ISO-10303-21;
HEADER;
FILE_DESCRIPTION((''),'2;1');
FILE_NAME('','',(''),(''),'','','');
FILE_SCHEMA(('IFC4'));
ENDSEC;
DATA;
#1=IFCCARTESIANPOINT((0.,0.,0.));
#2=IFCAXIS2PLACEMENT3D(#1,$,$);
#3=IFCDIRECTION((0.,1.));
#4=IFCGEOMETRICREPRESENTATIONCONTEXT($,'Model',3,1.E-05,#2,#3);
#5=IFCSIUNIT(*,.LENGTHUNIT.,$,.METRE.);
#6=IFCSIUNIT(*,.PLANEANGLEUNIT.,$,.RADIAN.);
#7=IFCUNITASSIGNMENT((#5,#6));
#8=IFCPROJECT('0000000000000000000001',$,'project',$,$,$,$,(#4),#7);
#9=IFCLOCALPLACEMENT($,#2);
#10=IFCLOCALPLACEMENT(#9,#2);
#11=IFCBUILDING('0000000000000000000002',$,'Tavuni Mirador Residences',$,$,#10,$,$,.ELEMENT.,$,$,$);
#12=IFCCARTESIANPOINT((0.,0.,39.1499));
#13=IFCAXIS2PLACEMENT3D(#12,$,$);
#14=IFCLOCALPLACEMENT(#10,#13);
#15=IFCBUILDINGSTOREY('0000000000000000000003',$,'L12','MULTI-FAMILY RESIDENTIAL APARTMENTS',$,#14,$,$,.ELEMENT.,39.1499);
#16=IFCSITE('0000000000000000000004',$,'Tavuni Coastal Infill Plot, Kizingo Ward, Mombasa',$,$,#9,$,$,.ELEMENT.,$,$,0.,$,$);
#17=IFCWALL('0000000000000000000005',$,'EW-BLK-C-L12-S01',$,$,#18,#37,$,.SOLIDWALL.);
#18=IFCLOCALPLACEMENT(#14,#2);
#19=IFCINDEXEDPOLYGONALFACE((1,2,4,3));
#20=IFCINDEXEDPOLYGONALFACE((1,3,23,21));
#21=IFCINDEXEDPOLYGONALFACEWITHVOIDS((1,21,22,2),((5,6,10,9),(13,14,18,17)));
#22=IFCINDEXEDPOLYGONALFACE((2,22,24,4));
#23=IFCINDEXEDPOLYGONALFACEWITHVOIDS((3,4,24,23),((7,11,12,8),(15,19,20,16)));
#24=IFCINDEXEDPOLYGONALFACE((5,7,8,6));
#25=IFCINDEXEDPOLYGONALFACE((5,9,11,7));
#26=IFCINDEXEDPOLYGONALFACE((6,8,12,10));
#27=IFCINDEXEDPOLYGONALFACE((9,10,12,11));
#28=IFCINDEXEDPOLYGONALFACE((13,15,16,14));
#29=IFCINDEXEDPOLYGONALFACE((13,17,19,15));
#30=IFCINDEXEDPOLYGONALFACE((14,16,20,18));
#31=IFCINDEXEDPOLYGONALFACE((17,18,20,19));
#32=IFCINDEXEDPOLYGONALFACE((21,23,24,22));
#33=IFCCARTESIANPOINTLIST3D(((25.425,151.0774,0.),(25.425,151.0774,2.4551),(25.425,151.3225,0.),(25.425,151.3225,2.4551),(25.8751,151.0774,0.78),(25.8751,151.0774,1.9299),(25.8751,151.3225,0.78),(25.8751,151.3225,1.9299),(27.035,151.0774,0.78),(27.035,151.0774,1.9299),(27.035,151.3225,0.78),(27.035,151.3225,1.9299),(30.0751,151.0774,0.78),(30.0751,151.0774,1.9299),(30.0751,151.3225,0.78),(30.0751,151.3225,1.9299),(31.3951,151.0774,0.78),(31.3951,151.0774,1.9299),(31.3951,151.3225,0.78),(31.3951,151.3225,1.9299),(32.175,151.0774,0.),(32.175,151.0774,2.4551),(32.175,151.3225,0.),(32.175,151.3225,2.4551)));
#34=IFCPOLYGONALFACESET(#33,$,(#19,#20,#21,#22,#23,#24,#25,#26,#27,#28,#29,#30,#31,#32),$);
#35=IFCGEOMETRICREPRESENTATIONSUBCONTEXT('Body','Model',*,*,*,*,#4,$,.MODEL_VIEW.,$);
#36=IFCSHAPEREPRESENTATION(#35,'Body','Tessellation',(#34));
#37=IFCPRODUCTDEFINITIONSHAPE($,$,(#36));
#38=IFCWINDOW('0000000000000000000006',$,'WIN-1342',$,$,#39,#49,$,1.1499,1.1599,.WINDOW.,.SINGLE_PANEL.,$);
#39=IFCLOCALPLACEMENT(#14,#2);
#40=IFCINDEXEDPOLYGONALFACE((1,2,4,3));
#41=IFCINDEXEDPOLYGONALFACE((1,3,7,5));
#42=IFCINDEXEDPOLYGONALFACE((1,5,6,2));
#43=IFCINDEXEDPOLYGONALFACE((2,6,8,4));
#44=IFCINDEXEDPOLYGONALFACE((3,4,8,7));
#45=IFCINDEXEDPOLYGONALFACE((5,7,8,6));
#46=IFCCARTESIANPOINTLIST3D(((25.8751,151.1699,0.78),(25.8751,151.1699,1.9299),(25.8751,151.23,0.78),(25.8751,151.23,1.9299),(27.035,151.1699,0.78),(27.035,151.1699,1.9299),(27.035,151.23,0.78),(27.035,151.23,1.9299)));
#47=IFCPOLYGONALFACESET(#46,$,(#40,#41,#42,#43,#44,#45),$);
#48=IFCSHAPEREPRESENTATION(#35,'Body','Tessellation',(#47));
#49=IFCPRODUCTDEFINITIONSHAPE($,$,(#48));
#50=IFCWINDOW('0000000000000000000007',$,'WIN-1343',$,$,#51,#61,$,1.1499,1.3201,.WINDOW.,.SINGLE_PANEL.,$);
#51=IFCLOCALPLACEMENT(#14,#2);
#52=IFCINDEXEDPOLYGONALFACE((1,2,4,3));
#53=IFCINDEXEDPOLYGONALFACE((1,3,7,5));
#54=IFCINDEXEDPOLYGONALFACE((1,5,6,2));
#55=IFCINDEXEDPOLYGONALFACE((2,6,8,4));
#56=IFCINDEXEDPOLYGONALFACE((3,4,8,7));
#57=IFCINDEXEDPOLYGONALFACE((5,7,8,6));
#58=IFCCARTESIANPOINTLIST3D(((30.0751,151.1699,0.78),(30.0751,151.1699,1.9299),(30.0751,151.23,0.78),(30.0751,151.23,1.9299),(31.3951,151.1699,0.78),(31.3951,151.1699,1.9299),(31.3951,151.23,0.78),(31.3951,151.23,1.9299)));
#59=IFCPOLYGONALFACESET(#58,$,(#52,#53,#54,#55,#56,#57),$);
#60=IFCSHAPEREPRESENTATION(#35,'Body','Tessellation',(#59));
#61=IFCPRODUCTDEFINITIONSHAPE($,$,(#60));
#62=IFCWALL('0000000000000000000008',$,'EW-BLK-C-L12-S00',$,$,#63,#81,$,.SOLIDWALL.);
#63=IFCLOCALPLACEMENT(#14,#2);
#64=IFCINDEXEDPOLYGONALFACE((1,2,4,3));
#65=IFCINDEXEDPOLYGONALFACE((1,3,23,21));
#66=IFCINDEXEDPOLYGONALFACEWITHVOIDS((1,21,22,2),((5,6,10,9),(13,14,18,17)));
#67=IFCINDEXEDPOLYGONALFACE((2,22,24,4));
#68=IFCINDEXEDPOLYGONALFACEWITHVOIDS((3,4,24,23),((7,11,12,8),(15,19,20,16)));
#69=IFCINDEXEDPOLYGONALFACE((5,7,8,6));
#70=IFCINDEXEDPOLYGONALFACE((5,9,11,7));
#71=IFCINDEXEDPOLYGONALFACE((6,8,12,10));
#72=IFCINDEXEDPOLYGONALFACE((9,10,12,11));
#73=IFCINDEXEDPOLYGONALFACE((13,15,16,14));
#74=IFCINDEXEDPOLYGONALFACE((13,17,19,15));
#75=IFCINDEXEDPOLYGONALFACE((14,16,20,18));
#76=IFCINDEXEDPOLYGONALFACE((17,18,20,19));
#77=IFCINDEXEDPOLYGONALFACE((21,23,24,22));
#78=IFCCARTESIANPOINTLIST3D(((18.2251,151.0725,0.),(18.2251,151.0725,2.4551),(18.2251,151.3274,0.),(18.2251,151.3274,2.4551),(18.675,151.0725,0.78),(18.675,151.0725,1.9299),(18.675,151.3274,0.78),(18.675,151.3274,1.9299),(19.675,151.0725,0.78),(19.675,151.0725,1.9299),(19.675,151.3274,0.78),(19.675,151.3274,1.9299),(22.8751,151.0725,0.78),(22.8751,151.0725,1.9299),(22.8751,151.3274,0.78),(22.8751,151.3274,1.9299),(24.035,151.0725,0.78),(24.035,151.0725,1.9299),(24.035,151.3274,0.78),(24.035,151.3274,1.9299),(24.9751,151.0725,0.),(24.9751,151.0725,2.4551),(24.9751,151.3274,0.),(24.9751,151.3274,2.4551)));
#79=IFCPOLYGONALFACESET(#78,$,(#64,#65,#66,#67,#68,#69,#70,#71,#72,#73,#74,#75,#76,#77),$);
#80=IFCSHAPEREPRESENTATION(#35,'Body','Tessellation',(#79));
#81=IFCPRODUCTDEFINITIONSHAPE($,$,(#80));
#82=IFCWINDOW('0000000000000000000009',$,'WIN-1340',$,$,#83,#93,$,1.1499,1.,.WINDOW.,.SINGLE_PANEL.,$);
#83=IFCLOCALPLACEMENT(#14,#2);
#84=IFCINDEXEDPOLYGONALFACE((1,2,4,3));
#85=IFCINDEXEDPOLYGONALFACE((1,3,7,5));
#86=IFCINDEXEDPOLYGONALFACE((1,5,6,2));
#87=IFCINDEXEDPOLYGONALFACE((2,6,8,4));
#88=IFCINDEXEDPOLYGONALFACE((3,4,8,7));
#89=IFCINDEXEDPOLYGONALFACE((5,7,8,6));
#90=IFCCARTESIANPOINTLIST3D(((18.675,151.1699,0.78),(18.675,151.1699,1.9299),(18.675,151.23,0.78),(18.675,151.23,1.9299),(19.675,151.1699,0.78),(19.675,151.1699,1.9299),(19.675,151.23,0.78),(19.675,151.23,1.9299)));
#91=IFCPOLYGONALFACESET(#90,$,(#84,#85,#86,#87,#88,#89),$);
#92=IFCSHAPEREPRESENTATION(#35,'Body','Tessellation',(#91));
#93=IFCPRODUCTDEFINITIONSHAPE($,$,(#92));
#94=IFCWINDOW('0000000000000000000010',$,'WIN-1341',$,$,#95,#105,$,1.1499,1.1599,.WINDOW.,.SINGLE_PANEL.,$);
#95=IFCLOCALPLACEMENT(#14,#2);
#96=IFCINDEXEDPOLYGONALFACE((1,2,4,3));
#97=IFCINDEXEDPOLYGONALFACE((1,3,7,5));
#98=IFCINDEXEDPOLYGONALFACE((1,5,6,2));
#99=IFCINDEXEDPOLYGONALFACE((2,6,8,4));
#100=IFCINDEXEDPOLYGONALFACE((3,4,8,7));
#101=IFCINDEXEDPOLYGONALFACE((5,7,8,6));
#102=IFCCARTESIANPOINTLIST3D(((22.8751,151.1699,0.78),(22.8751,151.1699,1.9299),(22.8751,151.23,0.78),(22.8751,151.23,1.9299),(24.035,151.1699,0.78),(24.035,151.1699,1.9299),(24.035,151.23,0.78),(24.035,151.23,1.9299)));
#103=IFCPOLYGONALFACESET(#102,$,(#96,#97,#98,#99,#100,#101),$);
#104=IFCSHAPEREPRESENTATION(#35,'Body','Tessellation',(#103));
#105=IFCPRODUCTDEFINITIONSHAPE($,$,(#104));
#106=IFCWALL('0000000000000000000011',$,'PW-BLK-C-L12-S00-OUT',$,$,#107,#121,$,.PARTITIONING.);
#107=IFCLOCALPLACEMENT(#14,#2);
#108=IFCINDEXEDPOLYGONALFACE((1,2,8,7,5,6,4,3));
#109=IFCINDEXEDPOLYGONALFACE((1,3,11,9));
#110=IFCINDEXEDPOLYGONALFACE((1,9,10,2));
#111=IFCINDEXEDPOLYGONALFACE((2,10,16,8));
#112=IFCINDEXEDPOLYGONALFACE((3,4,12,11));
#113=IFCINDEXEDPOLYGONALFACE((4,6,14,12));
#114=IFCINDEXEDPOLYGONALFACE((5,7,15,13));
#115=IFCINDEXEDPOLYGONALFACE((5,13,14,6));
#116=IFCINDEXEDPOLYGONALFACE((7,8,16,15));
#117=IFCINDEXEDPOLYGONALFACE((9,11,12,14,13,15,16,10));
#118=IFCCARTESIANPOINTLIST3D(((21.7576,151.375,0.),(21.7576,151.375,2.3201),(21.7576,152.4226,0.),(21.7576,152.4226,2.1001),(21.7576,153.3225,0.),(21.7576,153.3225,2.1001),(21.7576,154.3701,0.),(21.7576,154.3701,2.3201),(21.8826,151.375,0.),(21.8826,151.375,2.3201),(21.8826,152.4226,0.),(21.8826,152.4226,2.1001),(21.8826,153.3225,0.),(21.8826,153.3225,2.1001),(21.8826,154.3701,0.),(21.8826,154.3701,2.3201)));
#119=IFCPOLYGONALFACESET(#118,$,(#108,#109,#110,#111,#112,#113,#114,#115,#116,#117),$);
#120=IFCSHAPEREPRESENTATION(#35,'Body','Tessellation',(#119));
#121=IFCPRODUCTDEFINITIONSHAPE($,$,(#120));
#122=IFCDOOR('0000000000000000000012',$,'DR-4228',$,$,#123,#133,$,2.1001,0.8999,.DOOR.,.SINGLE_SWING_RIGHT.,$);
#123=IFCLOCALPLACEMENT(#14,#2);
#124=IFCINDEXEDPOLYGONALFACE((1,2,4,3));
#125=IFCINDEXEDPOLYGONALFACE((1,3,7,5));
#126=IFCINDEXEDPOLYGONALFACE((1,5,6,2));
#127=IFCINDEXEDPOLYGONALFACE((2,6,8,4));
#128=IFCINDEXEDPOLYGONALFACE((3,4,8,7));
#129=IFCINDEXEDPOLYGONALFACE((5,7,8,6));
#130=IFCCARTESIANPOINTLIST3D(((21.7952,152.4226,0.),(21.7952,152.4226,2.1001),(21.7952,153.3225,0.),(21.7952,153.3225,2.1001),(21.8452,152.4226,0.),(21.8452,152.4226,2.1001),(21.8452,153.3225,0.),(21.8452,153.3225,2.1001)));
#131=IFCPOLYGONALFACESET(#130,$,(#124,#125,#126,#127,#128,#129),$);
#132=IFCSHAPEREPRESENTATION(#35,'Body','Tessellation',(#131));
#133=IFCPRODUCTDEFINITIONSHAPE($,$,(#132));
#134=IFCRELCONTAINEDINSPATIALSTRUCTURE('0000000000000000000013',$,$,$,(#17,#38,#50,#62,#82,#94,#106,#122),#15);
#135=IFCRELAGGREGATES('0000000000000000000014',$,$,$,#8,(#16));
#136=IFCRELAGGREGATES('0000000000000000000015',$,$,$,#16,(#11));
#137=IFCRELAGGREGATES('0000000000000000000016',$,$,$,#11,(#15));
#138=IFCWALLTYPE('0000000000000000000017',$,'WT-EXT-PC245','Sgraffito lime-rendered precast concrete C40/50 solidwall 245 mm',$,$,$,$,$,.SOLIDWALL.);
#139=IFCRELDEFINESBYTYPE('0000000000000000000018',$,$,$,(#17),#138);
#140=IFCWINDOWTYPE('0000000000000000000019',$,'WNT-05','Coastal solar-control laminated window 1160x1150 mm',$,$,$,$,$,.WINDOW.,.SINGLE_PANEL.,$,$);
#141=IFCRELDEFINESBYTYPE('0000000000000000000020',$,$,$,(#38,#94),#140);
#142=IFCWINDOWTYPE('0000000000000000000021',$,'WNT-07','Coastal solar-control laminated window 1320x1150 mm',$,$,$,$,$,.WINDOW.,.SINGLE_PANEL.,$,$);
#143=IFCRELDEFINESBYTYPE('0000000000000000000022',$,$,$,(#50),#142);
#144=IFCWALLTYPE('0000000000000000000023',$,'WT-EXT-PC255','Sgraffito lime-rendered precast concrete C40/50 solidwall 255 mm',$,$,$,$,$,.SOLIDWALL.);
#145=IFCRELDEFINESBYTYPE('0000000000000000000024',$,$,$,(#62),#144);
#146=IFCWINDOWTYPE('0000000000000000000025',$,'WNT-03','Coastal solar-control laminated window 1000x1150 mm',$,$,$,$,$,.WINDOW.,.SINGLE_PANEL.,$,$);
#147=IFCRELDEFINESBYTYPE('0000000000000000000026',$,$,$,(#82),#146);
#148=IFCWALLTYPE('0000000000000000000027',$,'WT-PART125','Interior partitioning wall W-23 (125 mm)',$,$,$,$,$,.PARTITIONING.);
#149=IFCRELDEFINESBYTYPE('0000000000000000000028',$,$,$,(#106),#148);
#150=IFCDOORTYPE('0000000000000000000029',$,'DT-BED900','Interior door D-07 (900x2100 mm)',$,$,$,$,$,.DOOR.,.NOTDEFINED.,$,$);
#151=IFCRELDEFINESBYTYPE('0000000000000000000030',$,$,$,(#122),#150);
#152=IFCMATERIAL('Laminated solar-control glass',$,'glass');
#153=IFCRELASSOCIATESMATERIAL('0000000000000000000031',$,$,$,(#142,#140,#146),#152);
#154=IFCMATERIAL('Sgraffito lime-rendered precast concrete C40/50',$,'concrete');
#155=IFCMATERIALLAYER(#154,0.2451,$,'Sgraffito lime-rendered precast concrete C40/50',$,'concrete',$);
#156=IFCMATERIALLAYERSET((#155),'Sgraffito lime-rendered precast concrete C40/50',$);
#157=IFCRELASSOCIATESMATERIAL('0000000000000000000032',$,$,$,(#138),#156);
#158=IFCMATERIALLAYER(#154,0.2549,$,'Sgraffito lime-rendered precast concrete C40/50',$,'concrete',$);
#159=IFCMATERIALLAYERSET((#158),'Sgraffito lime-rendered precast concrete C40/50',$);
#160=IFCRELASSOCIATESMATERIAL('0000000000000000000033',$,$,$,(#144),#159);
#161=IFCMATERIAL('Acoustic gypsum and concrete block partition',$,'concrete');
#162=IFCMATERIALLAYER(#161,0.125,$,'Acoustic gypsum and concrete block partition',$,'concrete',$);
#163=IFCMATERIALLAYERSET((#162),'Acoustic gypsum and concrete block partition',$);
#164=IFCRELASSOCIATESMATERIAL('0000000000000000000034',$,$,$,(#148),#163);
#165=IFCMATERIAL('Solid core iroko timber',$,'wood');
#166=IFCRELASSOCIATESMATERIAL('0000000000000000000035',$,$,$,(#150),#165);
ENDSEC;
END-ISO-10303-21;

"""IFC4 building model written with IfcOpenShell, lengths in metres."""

from ifc_helpers import new_model, si_unit, direction, frame, frame_2d, origin, place, context, subcontext, project, spatial, rectangle, extrude, material, layer, layer_set, type_object, element, fill, save


model = new_model("IFC4")

# Units and contexts
model_context = context("Model", 3, precision=1e-05, world=origin(), true_north=direction((0.0, 1.0)))
body_context = subcontext(model_context, "Body", "Model", "MODEL_VIEW")
ifc_project = project(units=[si_unit("LENGTHUNIT", "METRE"), si_unit("PLANEANGLEUNIT", "RADIAN")], contexts=[model_context])

# Site, building, storey
site_placement = place(None, origin())
site = spatial("IfcSite", under=ifc_project, at=site_placement, Name="Tavuni Coastal Infill Plot, Kizingo Ward, Mombasa", CompositionType="ELEMENT", RefElevation=0.0)
building_placement = place(site_placement, origin())
building = spatial("IfcBuilding", under=site, at=building_placement, Name="Tavuni Mirador Residences", CompositionType="ELEMENT")
storey_placement = place(building_placement, frame((0.0, 0.0, 39.1499)))
storey = spatial("IfcBuildingStorey", under=building, at=storey_placement, Name="L12", Description="MULTI-FAMILY RESIDENTIAL APARTMENTS", CompositionType="ELEMENT", Elevation=39.1499)

# Walls, openings, windows
ifc_material_1 = material(Name="Laminated solar-control glass", Category="glass")
window_type_1 = type_object("IfcWindowType", Name="WNT-07", Description="Coastal solar-control laminated window 1320x1150 mm", PartitioningType="SINGLE_PANEL", PredefinedType="WINDOW", material=ifc_material_1)
ifc_material_2 = material(Name="Sgraffito lime-rendered precast concrete C40/50", Category="concrete")
ifc_layer_1 = layer(ifc_material_2, 0.2451, Name="Sgraffito lime-rendered precast concrete C40/50", Category="concrete")
ifc_layer_set_1 = layer_set([ifc_layer_1], Name="Sgraffito lime-rendered precast concrete C40/50")
wall_type_1 = type_object("IfcWallType", Name="WT-EXT-PC245", Description="Sgraffito lime-rendered precast concrete C40/50 solidwall 245 mm", PredefinedType="SOLIDWALL", material=ifc_layer_set_1)
wall_1_placement = place(storey_placement, frame((25.425, 151.2, 0.0), z_axis=(0.0, 0.0, 1.0), x_axis=(1.0, 0.0, 0.0)))
wall_1 = element("IfcWall", 1, at=wall_1_placement, inside=storey, type_object=wall_type_1, Name="EW-BLK-C-L12-S01", PredefinedType="SOLIDWALL", context=body_context, shape_type="SweptSolid", body=[
    extrude(rectangle(XDim=6.75, YDim=0.2451, at=frame_2d((3.375, 0.0))), origin(), (0.0, 0.0, 1.0), 2.4551),
])
opening_1_placement = place(wall_1_placement, frame((0.45, 0.0, 0.78)))
opening_1 = element("IfcOpeningElement", 2, at=opening_1_placement, cuts=wall_1, PredefinedType="OPENING", context=body_context, shape_type="SweptSolid", body=[
    extrude(rectangle(XDim=1.1599, YDim=1.1499, at=frame_2d((0.5801, 0.575))), frame((0.0, 0.1326, 0.0), z_axis=(0.0, -1.0, 0.0), x_axis=(1.0, 0.0, 0.0)), (0.0, 0.0, 1.0), 0.2651),
])
opening_2_placement = place(wall_1_placement, frame((4.6499, 0.0, 0.78)))
opening_2 = element("IfcOpeningElement", 3, at=opening_2_placement, cuts=wall_1, PredefinedType="OPENING", context=body_context, shape_type="SweptSolid", body=[
    extrude(rectangle(XDim=1.3201, YDim=1.1499, at=frame_2d((0.6602, 0.575))), frame((0.0, 0.1326, 0.0), z_axis=(0.0, -1.0, 0.0), x_axis=(1.0, 0.0, 0.0)), (0.0, 0.0, 1.0), 0.2651),
])
window_type_2 = type_object("IfcWindowType", Name="WNT-05", Description="Coastal solar-control laminated window 1160x1150 mm", PartitioningType="SINGLE_PANEL", PredefinedType="WINDOW", material=ifc_material_1)
window_1_placement = place(opening_1_placement, origin())
window_1 = element("IfcWindow", 4, at=window_1_placement, inside=storey, type_object=window_type_2, Name="WIN-1342", OverallHeight=1.1499, OverallWidth=1.1599, PartitioningType="SINGLE_PANEL", PredefinedType="WINDOW", context=body_context, shape_type="SweptSolid", body=[
    extrude(rectangle(XDim=1.1599, YDim=1.1499, at=frame_2d((0.5801, 0.575))), frame((0.0, 0.03, 0.0), z_axis=(0.0, -1.0, 0.0), x_axis=(1.0, 0.0, 0.0)), (0.0, 0.0, 1.0), 0.0601),
])
fill(opening_1, window_1)
window_2_placement = place(opening_2_placement, origin())
window_2 = element("IfcWindow", 5, at=window_2_placement, inside=storey, type_object=window_type_1, Name="WIN-1343", OverallHeight=1.1499, OverallWidth=1.3201, PartitioningType="SINGLE_PANEL", PredefinedType="WINDOW", context=body_context, shape_type="SweptSolid", body=[
    extrude(rectangle(XDim=1.3201, YDim=1.1499, at=frame_2d((0.6602, 0.575))), frame((0.0, 0.03, 0.0), z_axis=(0.0, -1.0, 0.0), x_axis=(1.0, 0.0, 0.0)), (0.0, 0.0, 1.0), 0.0601),
])
fill(opening_2, window_2)
ifc_layer_2 = layer(ifc_material_2, 0.2549, Name="Sgraffito lime-rendered precast concrete C40/50", Category="concrete")
ifc_layer_set_2 = layer_set([ifc_layer_2], Name="Sgraffito lime-rendered precast concrete C40/50")
wall_type_2 = type_object("IfcWallType", Name="WT-EXT-PC255", Description="Sgraffito lime-rendered precast concrete C40/50 solidwall 255 mm", PredefinedType="SOLIDWALL", material=ifc_layer_set_2)
wall_2_placement = place(storey_placement, frame((18.2251, 151.2, 0.0), z_axis=(0.0, 0.0, 1.0), x_axis=(1.0, 0.0, 0.0)))
wall_2 = element("IfcWall", 6, at=wall_2_placement, inside=storey, type_object=wall_type_2, Name="EW-BLK-C-L12-S00", PredefinedType="SOLIDWALL", context=body_context, shape_type="SweptSolid", body=[
    extrude(rectangle(XDim=6.75, YDim=0.2549, at=frame_2d((3.375, 0.0))), origin(), (0.0, 0.0, 1.0), 2.4551),
])
opening_3_placement = place(wall_2_placement, frame((0.45, 0.0, 0.78)))
opening_3 = element("IfcOpeningElement", 7, at=opening_3_placement, cuts=wall_2, PredefinedType="OPENING", context=body_context, shape_type="SweptSolid", body=[
    extrude(rectangle(XDim=1.0, YDim=1.1499, at=frame_2d((0.5, 0.575))), frame((0.0, 0.1375, 0.0), z_axis=(0.0, -1.0, 0.0), x_axis=(1.0, 0.0, 0.0)), (0.0, 0.0, 1.0), 0.2749),
])
opening_4_placement = place(wall_2_placement, frame((4.6499, 0.0, 0.78)))
opening_4 = element("IfcOpeningElement", 8, at=opening_4_placement, cuts=wall_2, PredefinedType="OPENING", context=body_context, shape_type="SweptSolid", body=[
    extrude(rectangle(XDim=1.1599, YDim=1.1499, at=frame_2d((0.5801, 0.575))), frame((0.0, 0.1375, 0.0), z_axis=(0.0, -1.0, 0.0), x_axis=(1.0, 0.0, 0.0)), (0.0, 0.0, 1.0), 0.2749),
])
window_type_3 = type_object("IfcWindowType", Name="WNT-03", Description="Coastal solar-control laminated window 1000x1150 mm", PartitioningType="SINGLE_PANEL", PredefinedType="WINDOW", material=ifc_material_1)
window_3_placement = place(opening_3_placement, origin())
window_3 = element("IfcWindow", 9, at=window_3_placement, inside=storey, type_object=window_type_3, Name="WIN-1340", OverallHeight=1.1499, OverallWidth=1.0, PartitioningType="SINGLE_PANEL", PredefinedType="WINDOW", context=body_context, shape_type="SweptSolid", body=[
    extrude(rectangle(XDim=1.0, YDim=1.1499, at=frame_2d((0.5, 0.575))), frame((0.0, 0.03, 0.0), z_axis=(0.0, -1.0, 0.0), x_axis=(1.0, 0.0, 0.0)), (0.0, 0.0, 1.0), 0.0601),
])
fill(opening_3, window_3)
window_4_placement = place(opening_4_placement, origin())
window_4 = element("IfcWindow", 10, at=window_4_placement, inside=storey, type_object=window_type_2, Name="WIN-1341", OverallHeight=1.1499, OverallWidth=1.1599, PartitioningType="SINGLE_PANEL", PredefinedType="WINDOW", context=body_context, shape_type="SweptSolid", body=[
    extrude(rectangle(XDim=1.1599, YDim=1.1499, at=frame_2d((0.5801, 0.575))), frame((0.0, 0.03, 0.0), z_axis=(0.0, -1.0, 0.0), x_axis=(1.0, 0.0, 0.0)), (0.0, 0.0, 1.0), 0.0601),
])
fill(opening_4, window_4)

# Wall, opening, door
ifc_material_3 = material(Name="Acoustic gypsum and concrete block partition", Category="concrete")
ifc_layer_3 = layer(ifc_material_3, 0.125, Name="Acoustic gypsum and concrete block partition", Category="concrete")
ifc_layer_set_3 = layer_set([ifc_layer_3], Name="Acoustic gypsum and concrete block partition")
wall_type_3 = type_object("IfcWallType", Name="WT-PART125", Description="Interior partitioning wall W-23 (125 mm)", PredefinedType="PARTITIONING", material=ifc_layer_set_3)
wall_3_placement = place(storey_placement, frame((21.8201, 151.375, 0.0), z_axis=(0.0, 0.0, 1.0), x_axis=(0.0, 1.0, 0.0)))
wall_3 = element("IfcWall", 11, at=wall_3_placement, inside=storey, type_object=wall_type_3, Name="PW-BLK-C-L12-S00-OUT", PredefinedType="PARTITIONING", context=body_context, shape_type="SweptSolid", body=[
    extrude(rectangle(XDim=2.9951, YDim=0.125, at=frame_2d((1.4976, 0.0))), origin(), (0.0, 0.0, 1.0), 2.3201),
])
opening_5_placement = place(wall_3_placement, frame((1.0476, 0.0, 0.0)))
opening_5 = element("IfcOpeningElement", 12, at=opening_5_placement, cuts=wall_3, PredefinedType="OPENING", context=body_context, shape_type="SweptSolid", body=[
    extrude(rectangle(XDim=0.8999, YDim=2.1001, at=frame_2d((0.45, 1.05))), frame((0.0, 0.0725, 0.0), z_axis=(0.0, -1.0, 0.0), x_axis=(1.0, 0.0, 0.0)), (0.0, 0.0, 1.0), 0.145),
])
ifc_material_4 = material(Name="Solid core iroko timber", Category="wood")
door_type_1 = type_object("IfcDoorType", Name="DT-BED900", Description="Interior door D-07 (900x2100 mm)", OperationType="NOTDEFINED", PredefinedType="DOOR", material=ifc_material_4)
door_1_placement = place(opening_5_placement, origin())
door_1 = element("IfcDoor", 13, at=door_1_placement, inside=storey, type_object=door_type_1, Name="DR-4228", OperationType="SINGLE_SWING_RIGHT", OverallHeight=2.1001, OverallWidth=0.8999, PredefinedType="DOOR", context=body_context, shape_type="SweptSolid", body=[
    extrude(rectangle(XDim=0.8999, YDim=2.1001, at=frame_2d((0.45, 1.05))), frame((0.0, 0.0249, 0.0), z_axis=(0.0, -1.0, 0.0), x_axis=(1.0, 0.0, 0.0)), (0.0, 0.0, 1.0), 0.05),
])
fill(opening_5, door_1)

save(model, "model.ifc")
